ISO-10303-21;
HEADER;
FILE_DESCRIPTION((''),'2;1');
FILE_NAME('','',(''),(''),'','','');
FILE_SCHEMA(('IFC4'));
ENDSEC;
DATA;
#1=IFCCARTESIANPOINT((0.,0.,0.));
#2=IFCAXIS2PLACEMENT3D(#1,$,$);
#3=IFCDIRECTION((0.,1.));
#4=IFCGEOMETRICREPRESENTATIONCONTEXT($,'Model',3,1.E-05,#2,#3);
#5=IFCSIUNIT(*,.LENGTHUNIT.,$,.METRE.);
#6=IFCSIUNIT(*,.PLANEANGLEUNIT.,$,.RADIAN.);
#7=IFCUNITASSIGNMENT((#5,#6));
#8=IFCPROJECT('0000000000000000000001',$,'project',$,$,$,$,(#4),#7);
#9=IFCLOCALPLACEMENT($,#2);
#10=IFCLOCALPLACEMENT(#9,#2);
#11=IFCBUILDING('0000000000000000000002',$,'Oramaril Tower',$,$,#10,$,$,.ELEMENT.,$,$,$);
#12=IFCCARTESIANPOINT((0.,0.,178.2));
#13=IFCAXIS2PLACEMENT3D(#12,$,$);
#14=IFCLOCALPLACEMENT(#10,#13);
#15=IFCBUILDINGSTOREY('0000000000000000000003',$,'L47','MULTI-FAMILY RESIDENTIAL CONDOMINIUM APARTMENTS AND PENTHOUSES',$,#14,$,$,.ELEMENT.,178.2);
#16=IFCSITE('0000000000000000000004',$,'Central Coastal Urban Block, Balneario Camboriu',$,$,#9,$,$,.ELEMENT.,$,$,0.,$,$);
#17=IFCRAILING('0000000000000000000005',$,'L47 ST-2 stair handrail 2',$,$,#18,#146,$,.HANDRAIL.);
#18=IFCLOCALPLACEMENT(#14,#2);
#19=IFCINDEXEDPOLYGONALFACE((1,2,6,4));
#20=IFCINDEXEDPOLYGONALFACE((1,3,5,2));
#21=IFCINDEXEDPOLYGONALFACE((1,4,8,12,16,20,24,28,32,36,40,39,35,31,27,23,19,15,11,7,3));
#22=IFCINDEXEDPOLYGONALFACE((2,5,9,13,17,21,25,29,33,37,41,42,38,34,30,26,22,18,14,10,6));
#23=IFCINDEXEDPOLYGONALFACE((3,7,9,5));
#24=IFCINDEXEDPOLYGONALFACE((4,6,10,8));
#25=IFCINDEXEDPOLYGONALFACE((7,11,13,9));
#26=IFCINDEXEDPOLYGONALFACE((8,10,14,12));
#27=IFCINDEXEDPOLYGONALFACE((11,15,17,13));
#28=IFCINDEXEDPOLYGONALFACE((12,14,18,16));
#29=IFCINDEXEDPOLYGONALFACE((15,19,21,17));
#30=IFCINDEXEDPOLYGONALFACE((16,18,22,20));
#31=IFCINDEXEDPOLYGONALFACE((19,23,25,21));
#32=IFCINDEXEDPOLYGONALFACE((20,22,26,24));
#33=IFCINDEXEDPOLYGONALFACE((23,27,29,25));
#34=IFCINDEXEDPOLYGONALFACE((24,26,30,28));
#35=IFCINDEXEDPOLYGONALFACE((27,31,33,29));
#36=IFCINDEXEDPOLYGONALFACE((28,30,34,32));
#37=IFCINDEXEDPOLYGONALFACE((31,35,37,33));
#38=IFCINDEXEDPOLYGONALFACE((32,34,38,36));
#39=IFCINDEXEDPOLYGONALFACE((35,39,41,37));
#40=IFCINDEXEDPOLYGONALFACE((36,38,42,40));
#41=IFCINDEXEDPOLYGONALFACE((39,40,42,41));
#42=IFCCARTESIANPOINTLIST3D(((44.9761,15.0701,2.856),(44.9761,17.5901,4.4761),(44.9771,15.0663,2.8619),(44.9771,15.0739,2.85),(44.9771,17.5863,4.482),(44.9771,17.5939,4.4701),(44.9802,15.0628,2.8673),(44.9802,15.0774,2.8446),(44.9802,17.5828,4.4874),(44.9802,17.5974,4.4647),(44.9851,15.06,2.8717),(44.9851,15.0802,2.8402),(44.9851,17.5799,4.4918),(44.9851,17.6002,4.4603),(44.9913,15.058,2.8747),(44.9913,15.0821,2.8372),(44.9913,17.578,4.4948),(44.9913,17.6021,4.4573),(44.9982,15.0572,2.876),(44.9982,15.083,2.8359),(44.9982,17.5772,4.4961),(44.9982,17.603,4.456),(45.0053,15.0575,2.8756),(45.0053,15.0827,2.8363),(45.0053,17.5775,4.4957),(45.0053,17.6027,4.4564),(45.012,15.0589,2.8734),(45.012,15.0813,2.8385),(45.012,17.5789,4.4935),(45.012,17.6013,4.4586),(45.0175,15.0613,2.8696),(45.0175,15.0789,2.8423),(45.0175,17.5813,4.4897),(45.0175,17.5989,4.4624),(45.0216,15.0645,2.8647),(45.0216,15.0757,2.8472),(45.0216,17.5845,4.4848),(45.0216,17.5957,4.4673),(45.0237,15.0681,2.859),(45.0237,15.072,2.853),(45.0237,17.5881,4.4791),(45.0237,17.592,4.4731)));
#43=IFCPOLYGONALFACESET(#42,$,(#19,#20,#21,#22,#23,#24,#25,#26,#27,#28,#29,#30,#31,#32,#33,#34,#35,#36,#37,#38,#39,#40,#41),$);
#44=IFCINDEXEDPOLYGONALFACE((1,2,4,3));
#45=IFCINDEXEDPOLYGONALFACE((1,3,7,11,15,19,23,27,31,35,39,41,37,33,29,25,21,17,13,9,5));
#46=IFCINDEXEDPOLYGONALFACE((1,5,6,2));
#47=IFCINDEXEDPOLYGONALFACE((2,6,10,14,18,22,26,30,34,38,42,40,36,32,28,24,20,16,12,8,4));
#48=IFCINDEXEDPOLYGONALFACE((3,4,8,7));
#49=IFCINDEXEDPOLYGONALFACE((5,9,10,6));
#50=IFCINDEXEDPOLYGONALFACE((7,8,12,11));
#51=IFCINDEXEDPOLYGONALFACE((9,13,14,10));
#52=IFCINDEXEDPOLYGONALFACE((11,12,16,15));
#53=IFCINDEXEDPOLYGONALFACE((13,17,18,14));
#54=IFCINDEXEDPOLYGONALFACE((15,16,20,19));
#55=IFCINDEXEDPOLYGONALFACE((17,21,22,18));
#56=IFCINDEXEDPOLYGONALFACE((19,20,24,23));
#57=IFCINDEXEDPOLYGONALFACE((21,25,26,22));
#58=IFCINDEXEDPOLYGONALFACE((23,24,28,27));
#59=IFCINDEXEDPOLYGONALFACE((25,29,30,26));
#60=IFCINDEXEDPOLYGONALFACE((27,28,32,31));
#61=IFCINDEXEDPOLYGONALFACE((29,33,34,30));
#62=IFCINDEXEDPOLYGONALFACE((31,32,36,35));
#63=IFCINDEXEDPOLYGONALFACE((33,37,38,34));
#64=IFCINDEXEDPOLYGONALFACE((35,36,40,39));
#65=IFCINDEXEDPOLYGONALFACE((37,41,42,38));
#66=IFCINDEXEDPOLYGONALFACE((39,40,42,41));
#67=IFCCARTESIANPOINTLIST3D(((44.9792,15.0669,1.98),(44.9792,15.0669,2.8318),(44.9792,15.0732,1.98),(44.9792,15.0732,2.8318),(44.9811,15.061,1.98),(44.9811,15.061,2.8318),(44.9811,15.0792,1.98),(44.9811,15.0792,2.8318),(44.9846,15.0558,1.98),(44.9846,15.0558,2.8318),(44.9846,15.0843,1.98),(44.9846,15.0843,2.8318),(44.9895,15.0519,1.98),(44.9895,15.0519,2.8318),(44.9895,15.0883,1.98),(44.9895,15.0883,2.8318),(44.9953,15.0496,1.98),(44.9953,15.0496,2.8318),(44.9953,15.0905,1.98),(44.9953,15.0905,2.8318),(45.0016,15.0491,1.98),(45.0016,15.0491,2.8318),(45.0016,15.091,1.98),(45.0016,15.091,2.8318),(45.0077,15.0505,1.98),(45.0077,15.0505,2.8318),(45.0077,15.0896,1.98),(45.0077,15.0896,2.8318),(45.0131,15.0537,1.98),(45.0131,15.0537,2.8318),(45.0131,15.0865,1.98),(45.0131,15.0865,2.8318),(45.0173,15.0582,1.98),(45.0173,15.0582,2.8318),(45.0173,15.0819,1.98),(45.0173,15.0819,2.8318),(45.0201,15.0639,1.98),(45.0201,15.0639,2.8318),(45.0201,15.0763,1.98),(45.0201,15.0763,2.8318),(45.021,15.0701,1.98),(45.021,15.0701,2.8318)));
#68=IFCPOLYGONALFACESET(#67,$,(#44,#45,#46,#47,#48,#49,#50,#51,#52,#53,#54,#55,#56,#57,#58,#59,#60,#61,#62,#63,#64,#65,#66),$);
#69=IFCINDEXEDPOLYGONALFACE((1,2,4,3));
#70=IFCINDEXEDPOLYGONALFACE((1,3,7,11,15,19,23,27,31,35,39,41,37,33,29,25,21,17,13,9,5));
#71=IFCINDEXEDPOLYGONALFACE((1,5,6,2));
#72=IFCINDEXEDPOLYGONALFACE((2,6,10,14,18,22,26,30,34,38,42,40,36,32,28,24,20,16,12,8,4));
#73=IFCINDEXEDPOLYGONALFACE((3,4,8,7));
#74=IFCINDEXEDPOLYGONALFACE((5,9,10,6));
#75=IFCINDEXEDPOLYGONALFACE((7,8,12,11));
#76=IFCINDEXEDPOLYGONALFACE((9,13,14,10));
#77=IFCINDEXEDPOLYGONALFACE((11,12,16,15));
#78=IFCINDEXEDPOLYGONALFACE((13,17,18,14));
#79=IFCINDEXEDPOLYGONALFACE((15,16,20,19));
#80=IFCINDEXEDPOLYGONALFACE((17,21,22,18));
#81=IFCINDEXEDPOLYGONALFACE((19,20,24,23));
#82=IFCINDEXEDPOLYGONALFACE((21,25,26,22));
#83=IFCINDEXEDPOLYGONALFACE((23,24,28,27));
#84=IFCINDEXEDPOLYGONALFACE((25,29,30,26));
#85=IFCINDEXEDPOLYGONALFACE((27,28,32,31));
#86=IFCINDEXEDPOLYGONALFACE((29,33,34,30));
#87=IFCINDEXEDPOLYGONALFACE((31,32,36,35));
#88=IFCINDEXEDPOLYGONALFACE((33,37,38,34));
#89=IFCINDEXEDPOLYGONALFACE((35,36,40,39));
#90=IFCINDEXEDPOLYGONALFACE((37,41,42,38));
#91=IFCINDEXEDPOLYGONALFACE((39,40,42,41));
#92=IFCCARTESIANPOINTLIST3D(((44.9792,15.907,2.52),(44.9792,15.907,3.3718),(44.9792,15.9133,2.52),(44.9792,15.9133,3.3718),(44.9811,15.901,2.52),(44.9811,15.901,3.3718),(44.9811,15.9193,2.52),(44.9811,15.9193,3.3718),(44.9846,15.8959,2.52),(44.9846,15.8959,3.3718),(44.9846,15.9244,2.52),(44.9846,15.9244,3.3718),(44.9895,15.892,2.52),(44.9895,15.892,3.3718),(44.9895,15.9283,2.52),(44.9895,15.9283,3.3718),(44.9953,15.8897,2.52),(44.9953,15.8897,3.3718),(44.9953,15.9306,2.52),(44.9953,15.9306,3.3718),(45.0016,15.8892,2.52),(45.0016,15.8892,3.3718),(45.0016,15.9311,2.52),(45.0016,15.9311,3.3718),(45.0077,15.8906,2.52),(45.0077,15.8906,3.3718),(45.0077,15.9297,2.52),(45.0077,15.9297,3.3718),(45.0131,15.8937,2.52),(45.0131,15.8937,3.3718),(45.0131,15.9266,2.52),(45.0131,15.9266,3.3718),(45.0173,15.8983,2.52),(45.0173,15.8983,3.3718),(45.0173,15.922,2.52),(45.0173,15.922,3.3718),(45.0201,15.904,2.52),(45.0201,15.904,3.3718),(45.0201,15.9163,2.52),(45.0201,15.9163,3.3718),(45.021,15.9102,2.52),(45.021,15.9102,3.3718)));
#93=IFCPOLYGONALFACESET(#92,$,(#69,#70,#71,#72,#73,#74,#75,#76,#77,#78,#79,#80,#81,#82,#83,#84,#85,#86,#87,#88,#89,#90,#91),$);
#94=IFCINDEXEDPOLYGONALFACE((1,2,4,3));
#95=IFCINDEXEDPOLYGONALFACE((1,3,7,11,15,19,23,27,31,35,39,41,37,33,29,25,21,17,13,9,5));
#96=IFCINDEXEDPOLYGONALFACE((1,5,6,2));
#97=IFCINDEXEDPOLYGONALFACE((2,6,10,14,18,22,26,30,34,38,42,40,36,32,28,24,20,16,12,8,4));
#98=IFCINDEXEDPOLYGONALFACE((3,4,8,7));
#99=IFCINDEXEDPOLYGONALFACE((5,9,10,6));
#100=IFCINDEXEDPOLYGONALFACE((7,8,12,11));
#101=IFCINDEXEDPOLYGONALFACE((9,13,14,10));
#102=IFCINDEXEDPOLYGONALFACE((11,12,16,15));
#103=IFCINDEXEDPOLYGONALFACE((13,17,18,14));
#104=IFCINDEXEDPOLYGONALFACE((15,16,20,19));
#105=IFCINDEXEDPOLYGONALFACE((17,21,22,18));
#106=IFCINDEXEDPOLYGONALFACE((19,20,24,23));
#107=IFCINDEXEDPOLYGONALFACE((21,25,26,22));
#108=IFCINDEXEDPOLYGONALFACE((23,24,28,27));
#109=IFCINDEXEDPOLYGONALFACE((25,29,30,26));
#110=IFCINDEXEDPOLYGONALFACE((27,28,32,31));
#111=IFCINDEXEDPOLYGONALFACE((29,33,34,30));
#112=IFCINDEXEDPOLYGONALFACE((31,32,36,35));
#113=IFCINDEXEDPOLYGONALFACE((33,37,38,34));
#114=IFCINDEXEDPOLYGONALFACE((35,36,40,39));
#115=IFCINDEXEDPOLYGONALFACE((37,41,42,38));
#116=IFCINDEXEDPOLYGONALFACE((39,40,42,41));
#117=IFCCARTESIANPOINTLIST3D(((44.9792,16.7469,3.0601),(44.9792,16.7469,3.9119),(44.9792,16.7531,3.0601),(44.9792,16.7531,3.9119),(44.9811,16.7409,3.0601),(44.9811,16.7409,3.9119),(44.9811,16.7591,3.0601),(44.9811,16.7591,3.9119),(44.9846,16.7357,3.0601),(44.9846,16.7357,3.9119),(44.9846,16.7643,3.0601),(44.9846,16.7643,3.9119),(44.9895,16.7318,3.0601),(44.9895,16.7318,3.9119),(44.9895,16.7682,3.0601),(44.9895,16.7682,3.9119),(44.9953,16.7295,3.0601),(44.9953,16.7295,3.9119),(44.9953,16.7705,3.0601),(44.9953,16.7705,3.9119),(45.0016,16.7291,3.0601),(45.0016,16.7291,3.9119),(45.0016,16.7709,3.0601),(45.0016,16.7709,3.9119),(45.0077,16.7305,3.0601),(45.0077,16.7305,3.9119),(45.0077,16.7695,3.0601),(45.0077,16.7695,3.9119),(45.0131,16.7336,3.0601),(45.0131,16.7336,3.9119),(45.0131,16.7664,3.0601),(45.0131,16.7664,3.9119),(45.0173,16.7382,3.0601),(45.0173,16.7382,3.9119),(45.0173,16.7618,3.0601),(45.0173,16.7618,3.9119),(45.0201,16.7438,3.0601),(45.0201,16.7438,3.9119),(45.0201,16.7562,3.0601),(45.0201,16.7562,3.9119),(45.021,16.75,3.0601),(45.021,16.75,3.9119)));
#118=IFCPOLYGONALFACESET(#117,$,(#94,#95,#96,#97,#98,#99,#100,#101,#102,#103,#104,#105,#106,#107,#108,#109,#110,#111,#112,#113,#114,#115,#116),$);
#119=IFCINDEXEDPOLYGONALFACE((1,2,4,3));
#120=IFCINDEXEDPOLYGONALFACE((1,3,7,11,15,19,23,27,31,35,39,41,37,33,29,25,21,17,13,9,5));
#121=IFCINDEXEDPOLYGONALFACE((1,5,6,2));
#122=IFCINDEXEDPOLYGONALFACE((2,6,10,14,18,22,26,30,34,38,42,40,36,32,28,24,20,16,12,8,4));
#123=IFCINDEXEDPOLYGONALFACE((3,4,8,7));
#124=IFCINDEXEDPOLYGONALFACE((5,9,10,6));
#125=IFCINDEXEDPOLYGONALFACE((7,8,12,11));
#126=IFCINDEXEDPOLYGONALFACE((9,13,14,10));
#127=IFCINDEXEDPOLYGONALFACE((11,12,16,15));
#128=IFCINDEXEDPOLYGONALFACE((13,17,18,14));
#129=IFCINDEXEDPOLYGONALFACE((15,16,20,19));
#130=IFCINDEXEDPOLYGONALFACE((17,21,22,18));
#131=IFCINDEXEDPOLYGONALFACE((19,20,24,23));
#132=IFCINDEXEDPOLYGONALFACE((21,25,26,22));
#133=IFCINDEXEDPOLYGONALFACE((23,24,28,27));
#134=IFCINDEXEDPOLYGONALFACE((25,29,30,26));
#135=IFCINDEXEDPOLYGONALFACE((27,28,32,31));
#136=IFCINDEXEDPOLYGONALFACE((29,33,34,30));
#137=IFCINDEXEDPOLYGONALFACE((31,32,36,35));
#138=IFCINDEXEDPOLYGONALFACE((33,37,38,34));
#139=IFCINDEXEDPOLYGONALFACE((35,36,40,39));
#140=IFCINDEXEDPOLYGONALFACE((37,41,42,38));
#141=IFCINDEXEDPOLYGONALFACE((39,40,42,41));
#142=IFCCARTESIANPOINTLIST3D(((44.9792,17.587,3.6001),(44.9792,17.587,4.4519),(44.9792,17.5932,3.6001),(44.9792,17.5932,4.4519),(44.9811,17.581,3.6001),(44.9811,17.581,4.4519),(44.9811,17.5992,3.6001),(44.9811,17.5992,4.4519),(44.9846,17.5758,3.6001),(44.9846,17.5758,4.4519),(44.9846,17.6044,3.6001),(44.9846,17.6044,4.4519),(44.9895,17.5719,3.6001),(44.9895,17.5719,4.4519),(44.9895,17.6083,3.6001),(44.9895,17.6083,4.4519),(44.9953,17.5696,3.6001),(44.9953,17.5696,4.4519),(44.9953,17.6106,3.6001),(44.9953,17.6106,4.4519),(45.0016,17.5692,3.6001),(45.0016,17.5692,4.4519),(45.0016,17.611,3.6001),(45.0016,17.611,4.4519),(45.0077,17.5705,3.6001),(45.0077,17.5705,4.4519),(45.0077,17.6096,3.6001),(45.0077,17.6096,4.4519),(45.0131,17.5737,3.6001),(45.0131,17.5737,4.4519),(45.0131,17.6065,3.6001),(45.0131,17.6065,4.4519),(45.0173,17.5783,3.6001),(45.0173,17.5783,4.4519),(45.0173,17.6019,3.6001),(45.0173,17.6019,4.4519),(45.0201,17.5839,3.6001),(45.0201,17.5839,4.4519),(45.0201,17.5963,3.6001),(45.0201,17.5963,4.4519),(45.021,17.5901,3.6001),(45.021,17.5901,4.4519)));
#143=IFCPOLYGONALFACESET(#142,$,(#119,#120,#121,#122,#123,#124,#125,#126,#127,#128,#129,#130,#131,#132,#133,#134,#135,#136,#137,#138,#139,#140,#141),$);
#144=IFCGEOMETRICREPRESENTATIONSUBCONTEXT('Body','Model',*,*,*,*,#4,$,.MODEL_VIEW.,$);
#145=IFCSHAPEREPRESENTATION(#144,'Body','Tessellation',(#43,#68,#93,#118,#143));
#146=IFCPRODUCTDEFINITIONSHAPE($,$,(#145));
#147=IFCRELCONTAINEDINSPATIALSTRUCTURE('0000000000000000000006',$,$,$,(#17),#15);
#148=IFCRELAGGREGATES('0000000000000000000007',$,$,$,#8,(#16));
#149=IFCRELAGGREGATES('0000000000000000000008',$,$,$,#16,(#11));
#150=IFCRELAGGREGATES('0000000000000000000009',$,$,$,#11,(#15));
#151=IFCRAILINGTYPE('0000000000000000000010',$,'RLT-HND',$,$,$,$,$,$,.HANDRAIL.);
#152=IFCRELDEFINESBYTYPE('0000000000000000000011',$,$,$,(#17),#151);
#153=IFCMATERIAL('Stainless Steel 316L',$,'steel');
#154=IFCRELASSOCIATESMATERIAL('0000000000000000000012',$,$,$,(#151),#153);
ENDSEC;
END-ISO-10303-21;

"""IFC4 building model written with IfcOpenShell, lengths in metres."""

from ifc_helpers import new_model, si_unit, direction, frame, origin, origin_2d, place, context, subcontext, project, spatial, circle, extrude, material, type_object, element, save


model = new_model("IFC4")

# Units and contexts
model_context = context("Model", 3, precision=1e-05, world=origin(), true_north=direction((0.0, 1.0)))
body_context = subcontext(model_context, "Body", "Model", "MODEL_VIEW")
ifc_project = project(units=[si_unit("LENGTHUNIT", "METRE"), si_unit("PLANEANGLEUNIT", "RADIAN")], contexts=[model_context])

# Site, building, storey
site_placement = place(None, origin())
site = spatial("IfcSite", under=ifc_project, at=site_placement, Name="Central Coastal Urban Block, Balneario Camboriu", CompositionType="ELEMENT", RefElevation=0.0)
building_placement = place(site_placement, origin())
building = spatial("IfcBuilding", under=site, at=building_placement, Name="Oramaril Tower", CompositionType="ELEMENT")
storey_placement = place(building_placement, frame((0.0, 0.0, 178.2)))
storey = spatial("IfcBuildingStorey", under=building, at=storey_placement, Name="L47", Description="MULTI-FAMILY RESIDENTIAL CONDOMINIUM APARTMENTS AND PENTHOUSES", CompositionType="ELEMENT", Elevation=178.2)

# Railing
ifc_material_1 = material(Name="Stainless Steel 316L", Category="steel")
railing_type = type_object("IfcRailingType", Name="RLT-HND", PredefinedType="HANDRAIL", material=ifc_material_1)
railing_placement = place(storey_placement, frame((45.0, 15.0701, 1.98)))
element("IfcRailing", 1, at=railing_placement, inside=storey, type_object=railing_type, Name="L47 ST-2 stair handrail 2", PredefinedType="HANDRAIL", context=body_context, shape_type="SweptSolid", body=[
    extrude(circle(Radius=0.0239, at=origin_2d()), frame((0.0, 0.0, 0.876), z_axis=(0.0, 0.841163, 0.540782), x_axis=(-1.0, 0.0, 0.0)), (0.0, 0.0, 1.0), 2.9958),
    extrude(circle(Radius=0.021, at=origin_2d()), origin(), (0.0, 0.0, 1.0), 0.8518),
    extrude(circle(Radius=0.021, at=origin_2d()), frame((0.0, 0.8401, 0.54)), (0.0, 0.0, 1.0), 0.8518),
    extrude(circle(Radius=0.021, at=origin_2d()), frame((0.0, 1.6799, 1.0801)), (0.0, 0.0, 1.0), 0.8518),
    extrude(circle(Radius=0.021, at=origin_2d()), frame((0.0, 2.52, 1.6201)), (0.0, 0.0, 1.0), 0.8518),
])

save(model, "model.ifc")
